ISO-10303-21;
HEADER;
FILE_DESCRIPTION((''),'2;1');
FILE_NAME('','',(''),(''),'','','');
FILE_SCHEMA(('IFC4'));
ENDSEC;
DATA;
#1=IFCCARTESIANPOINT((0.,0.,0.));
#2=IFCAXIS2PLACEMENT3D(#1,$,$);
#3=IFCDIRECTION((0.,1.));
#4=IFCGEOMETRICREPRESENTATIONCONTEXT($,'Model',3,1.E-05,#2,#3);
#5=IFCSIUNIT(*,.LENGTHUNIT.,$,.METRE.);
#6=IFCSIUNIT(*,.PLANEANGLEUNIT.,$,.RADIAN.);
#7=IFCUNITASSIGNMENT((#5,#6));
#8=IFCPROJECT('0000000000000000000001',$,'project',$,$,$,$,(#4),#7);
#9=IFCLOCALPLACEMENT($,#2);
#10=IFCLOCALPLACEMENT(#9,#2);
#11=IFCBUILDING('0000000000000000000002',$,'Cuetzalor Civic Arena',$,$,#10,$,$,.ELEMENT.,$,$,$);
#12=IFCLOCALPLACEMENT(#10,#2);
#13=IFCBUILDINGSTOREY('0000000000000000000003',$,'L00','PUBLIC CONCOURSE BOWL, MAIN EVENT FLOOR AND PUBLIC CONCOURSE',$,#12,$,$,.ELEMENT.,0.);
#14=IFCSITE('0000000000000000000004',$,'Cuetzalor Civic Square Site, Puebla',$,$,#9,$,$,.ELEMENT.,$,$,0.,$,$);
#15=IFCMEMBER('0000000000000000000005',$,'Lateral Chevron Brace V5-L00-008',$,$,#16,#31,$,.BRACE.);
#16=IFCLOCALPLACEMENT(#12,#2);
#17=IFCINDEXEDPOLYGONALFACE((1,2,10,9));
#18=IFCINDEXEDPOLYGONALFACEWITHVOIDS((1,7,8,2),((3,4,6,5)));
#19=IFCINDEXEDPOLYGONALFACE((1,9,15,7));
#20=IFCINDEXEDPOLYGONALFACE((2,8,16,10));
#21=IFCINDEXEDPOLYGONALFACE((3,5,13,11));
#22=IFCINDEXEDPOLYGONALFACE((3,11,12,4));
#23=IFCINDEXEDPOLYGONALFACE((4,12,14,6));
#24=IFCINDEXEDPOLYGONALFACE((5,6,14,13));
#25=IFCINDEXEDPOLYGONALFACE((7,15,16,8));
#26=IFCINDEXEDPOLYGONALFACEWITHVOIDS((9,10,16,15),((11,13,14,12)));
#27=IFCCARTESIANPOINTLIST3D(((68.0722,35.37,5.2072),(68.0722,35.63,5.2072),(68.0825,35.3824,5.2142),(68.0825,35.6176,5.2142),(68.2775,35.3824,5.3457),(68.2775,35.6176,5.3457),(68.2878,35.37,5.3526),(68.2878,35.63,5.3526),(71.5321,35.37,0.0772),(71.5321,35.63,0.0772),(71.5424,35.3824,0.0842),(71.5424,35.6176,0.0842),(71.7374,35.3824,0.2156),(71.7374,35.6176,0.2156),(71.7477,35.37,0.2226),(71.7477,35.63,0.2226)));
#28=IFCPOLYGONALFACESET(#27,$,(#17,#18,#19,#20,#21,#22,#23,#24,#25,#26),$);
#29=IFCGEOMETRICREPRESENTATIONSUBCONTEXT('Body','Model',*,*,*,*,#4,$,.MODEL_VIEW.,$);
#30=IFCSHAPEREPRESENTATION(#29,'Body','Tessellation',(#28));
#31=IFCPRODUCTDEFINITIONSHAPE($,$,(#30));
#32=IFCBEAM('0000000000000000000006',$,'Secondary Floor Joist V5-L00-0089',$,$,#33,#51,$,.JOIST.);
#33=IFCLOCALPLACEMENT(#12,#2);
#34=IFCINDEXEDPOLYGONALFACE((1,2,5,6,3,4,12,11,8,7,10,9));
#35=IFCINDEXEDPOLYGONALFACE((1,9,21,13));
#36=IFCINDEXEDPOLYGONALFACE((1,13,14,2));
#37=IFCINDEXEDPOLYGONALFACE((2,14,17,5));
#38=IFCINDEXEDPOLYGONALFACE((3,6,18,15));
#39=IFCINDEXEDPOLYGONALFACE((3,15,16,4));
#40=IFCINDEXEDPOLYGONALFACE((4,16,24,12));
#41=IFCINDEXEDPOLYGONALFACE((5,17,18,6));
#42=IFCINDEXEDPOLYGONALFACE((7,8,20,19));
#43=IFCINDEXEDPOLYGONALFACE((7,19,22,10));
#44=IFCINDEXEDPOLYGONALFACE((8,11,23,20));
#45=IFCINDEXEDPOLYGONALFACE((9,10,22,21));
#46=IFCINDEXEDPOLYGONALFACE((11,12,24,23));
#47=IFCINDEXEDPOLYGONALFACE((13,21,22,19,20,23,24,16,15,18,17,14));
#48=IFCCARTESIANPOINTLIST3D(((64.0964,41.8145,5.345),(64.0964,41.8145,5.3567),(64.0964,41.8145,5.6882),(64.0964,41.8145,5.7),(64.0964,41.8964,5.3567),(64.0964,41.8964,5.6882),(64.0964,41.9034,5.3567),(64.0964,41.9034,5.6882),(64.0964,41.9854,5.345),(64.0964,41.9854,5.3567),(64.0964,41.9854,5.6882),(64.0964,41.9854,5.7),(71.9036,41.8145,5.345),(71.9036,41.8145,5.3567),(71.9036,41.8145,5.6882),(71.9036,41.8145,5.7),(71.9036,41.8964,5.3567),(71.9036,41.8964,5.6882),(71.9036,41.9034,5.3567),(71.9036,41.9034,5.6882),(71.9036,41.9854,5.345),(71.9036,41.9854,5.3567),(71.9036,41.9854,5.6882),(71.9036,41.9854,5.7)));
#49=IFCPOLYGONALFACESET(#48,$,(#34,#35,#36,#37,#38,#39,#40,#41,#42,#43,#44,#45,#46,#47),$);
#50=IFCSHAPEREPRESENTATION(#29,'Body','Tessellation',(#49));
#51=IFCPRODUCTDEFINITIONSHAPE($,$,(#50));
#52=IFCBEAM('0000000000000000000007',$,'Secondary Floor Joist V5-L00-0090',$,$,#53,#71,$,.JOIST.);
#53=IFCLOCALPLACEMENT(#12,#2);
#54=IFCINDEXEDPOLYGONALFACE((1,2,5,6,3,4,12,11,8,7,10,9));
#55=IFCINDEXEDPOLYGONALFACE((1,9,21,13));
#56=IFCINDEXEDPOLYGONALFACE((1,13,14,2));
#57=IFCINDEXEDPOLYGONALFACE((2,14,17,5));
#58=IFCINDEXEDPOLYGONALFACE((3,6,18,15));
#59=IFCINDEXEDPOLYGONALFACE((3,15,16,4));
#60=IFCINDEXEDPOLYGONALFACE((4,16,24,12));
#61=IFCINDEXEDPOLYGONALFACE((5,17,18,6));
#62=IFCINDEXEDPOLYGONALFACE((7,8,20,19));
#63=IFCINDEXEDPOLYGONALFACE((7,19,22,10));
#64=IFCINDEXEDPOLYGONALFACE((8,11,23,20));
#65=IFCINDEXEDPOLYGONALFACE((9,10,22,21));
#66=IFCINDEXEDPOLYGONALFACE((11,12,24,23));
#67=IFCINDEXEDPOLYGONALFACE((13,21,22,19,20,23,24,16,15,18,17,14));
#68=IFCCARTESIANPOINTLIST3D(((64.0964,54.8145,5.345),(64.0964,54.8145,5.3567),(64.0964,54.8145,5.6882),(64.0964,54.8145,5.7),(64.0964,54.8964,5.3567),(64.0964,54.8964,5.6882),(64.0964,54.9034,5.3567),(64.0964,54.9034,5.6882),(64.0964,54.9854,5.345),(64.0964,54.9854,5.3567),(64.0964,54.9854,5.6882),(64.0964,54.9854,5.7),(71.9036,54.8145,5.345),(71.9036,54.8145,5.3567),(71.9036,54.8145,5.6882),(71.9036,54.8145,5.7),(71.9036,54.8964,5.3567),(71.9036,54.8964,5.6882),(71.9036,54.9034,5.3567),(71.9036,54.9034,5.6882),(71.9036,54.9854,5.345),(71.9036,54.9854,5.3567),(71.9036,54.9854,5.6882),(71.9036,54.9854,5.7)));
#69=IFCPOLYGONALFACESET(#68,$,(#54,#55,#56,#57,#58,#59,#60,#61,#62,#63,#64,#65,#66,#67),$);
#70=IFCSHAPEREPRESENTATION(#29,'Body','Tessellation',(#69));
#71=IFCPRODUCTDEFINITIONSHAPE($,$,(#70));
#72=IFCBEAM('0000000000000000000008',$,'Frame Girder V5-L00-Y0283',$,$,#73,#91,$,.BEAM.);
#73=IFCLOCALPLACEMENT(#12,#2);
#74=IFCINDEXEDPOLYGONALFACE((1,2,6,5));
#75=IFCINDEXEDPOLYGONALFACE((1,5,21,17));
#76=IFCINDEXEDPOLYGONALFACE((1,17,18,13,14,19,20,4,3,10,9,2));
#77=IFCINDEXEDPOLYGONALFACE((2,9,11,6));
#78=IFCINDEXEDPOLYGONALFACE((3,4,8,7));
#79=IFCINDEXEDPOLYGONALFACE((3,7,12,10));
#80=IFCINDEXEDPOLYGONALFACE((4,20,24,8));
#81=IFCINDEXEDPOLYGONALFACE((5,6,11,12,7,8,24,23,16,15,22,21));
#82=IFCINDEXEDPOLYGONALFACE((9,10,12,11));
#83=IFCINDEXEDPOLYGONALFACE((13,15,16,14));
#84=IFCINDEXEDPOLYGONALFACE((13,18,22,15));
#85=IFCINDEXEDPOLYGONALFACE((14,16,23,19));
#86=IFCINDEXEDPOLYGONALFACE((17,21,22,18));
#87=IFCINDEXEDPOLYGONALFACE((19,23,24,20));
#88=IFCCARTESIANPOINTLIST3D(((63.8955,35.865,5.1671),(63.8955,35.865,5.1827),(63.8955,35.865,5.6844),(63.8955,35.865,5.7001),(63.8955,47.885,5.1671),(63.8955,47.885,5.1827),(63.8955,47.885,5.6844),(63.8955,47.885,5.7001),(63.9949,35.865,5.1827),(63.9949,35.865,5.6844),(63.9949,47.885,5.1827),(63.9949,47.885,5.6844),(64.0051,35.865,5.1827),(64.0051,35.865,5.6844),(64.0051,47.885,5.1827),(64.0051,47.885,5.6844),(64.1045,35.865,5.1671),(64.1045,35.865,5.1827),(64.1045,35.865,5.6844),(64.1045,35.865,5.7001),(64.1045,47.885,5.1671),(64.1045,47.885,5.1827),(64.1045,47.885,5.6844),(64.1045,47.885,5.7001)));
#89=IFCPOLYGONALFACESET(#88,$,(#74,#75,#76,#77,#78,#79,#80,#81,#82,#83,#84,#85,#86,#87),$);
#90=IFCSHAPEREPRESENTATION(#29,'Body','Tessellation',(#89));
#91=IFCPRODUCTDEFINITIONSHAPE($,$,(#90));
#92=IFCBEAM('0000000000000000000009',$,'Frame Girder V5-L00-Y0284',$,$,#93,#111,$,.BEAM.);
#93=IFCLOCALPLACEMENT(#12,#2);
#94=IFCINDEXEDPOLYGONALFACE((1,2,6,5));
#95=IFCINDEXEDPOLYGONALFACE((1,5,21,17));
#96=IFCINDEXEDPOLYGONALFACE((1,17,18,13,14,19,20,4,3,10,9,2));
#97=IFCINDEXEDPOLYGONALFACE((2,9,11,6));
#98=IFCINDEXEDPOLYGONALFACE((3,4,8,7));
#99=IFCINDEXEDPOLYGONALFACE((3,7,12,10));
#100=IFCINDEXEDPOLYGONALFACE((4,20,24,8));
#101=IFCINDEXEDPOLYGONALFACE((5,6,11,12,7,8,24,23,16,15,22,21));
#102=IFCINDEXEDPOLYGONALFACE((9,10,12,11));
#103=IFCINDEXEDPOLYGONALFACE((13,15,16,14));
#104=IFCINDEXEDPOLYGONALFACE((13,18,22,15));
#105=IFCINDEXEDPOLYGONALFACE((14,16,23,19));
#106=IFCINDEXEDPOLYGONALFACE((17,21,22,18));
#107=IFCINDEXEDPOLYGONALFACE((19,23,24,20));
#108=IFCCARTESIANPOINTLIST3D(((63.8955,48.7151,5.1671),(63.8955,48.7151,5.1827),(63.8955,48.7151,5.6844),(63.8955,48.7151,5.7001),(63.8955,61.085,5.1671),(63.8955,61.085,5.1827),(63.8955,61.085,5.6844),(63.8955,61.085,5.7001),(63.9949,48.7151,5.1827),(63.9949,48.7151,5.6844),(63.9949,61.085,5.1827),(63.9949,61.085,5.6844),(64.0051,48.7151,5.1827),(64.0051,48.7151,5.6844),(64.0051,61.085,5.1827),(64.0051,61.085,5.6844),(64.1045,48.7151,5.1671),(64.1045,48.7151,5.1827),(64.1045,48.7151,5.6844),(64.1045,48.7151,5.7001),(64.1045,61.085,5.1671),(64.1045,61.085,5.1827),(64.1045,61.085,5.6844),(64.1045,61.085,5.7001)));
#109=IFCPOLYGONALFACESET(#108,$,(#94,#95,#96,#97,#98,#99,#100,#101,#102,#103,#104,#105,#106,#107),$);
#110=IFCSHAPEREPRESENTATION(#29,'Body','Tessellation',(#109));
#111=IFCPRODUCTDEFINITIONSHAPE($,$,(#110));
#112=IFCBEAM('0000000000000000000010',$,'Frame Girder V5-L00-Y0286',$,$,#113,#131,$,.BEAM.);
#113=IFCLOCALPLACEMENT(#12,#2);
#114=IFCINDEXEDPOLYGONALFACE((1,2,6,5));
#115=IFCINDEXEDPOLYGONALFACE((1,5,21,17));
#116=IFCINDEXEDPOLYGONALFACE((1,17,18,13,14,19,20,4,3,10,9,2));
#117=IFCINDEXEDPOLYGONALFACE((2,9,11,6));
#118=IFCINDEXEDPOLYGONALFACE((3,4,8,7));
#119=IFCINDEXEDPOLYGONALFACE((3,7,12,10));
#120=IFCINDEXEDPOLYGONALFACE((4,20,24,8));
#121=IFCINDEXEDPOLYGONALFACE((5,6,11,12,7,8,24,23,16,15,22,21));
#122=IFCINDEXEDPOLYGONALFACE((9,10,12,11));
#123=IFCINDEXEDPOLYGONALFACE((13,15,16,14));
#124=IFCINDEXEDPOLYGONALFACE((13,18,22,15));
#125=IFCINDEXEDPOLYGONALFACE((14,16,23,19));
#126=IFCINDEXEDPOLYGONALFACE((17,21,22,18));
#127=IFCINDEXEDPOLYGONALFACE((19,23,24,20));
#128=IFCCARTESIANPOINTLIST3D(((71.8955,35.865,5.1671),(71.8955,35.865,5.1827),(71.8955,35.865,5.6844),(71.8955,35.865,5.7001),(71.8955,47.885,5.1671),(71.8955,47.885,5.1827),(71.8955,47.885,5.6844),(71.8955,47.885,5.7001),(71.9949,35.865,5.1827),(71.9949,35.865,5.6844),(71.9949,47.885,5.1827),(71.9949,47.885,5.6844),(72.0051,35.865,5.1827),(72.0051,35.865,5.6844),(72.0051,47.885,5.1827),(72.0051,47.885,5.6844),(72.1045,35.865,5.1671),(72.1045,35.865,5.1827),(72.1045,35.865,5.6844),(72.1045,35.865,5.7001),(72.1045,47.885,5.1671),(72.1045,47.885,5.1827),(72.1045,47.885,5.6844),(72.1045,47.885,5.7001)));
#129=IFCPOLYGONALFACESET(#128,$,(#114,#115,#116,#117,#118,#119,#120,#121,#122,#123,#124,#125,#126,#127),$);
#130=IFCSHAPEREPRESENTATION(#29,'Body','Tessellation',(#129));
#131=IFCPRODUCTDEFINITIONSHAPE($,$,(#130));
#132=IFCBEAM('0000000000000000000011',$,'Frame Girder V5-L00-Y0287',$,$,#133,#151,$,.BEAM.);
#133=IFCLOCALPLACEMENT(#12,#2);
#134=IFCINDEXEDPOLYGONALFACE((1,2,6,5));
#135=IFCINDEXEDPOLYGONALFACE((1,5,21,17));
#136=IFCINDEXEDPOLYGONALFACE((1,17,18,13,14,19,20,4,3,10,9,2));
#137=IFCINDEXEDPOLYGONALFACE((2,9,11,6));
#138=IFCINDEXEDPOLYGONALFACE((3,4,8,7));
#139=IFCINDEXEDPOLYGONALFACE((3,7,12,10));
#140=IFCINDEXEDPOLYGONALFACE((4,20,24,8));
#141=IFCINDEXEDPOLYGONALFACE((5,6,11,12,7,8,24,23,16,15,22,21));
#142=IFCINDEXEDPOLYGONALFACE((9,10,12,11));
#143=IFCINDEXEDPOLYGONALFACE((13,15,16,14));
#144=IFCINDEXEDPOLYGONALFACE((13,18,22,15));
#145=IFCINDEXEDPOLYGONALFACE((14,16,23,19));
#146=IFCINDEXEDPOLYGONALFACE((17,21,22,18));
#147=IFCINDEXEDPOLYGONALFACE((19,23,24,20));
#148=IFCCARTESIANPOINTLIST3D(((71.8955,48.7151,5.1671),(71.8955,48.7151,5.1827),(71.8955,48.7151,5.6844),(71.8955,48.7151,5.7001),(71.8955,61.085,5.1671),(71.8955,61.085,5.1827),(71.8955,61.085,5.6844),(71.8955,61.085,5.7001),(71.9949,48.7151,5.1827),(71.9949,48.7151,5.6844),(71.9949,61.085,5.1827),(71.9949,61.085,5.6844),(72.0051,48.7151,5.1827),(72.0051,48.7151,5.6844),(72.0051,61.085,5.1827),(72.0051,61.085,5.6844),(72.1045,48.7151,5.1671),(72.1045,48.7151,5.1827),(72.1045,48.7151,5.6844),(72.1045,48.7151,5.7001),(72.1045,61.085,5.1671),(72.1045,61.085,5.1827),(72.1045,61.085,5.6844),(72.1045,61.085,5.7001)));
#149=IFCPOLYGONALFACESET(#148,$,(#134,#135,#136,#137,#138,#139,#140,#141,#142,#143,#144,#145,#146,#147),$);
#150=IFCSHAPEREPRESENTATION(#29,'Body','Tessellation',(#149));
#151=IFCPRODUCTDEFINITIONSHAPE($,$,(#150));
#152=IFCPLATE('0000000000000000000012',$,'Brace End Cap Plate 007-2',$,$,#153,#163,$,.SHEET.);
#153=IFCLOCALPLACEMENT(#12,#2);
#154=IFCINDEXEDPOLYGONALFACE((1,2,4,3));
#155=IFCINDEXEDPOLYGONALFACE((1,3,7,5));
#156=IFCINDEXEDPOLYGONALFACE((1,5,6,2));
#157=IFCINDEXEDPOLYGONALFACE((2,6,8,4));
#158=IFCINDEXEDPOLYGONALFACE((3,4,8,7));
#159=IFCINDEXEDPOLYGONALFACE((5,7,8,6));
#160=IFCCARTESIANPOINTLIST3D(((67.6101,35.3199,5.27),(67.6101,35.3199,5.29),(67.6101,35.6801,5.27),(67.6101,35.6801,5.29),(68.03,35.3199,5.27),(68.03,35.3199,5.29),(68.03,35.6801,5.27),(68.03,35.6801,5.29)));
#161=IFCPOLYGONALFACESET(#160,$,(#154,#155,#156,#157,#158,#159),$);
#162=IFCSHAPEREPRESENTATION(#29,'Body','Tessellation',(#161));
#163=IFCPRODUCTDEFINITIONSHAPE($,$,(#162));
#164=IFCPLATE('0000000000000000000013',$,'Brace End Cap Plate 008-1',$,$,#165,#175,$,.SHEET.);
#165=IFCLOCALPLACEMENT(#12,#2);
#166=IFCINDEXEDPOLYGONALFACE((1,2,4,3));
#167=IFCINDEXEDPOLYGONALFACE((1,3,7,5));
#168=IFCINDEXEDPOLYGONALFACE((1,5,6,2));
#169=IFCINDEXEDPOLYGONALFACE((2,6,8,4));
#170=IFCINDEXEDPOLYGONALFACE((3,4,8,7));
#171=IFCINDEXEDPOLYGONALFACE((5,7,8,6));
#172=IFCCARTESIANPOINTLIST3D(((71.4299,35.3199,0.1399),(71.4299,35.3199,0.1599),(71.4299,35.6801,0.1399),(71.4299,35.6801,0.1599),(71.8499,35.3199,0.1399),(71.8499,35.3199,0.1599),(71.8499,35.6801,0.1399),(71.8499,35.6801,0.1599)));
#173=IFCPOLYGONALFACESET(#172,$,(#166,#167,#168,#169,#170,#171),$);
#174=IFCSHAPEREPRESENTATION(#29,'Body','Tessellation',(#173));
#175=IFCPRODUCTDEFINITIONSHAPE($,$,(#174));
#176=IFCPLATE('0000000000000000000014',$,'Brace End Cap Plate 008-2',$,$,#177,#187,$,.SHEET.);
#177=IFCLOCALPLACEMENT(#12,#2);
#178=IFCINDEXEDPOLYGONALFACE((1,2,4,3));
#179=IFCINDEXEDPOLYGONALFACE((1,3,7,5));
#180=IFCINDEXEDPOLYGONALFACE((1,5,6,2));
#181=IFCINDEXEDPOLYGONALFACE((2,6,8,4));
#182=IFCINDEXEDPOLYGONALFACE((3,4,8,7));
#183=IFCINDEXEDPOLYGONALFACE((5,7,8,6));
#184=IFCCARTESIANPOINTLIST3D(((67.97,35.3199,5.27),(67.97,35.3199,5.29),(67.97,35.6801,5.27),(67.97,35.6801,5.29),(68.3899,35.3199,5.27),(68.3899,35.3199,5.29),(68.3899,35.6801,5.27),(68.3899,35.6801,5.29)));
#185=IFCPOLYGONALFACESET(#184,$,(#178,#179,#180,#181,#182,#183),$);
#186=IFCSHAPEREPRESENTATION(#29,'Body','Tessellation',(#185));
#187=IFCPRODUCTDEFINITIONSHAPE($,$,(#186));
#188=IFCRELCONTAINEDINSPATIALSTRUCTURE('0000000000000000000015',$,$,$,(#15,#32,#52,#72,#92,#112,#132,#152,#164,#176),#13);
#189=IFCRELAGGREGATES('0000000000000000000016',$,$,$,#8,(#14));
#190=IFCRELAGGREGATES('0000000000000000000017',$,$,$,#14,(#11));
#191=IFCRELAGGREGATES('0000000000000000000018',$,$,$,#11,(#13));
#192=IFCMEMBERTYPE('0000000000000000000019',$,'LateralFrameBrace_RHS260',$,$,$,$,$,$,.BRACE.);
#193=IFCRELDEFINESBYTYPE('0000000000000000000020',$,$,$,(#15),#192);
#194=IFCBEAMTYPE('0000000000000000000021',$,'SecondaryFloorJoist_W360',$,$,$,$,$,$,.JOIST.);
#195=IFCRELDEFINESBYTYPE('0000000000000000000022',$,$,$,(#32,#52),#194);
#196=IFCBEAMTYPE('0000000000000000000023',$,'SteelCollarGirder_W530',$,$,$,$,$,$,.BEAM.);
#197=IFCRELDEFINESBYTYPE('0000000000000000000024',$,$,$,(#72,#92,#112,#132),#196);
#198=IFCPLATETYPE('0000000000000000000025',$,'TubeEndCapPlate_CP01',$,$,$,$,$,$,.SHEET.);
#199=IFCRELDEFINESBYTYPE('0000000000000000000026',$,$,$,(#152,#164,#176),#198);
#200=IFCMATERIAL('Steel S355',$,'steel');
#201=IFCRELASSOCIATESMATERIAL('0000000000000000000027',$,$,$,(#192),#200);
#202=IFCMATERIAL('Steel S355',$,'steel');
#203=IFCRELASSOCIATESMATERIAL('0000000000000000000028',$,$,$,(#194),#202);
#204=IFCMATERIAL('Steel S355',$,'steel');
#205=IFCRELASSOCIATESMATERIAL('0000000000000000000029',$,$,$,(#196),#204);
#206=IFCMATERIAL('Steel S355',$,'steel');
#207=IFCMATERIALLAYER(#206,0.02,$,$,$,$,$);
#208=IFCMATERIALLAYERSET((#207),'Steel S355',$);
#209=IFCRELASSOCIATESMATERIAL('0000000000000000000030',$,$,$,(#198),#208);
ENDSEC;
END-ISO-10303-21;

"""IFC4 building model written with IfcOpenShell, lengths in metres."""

from ifc_helpers import new_model, si_unit, direction, frame, origin, origin_2d, place, context, subcontext, project, spatial, rectangle, hollow_rectangle, i_section, extrude, material, layer, layer_set, material_profile, profile_set, type_object, element, save


model = new_model("IFC4")

# Units and contexts
model_context = context("Model", 3, precision=1e-05, world=origin(), true_north=direction((0.0, 1.0)))
body_context = subcontext(model_context, "Body", "Model", "MODEL_VIEW")
ifc_project = project(units=[si_unit("LENGTHUNIT", "METRE"), si_unit("PLANEANGLEUNIT", "RADIAN")], contexts=[model_context])

# Site, building, storey
site_placement = place(None, origin())
site = spatial("IfcSite", under=ifc_project, at=site_placement, Name="Cuetzalor Civic Square Site, Puebla", CompositionType="ELEMENT", RefElevation=0.0)
building_placement = place(site_placement, origin())
building = spatial("IfcBuilding", under=site, at=building_placement, Name="Cuetzalor Civic Arena", CompositionType="ELEMENT")
storey_placement = place(building_placement, origin())
storey = spatial("IfcBuildingStorey", under=building, at=storey_placement, Name="L00", Description="PUBLIC CONCOURSE BOWL, MAIN EVENT FLOOR AND PUBLIC CONCOURSE", CompositionType="ELEMENT", Elevation=0.0)

# Member
ifc_material_1 = material(Name="Steel S355", Category="steel")
ifc_material_profile_1 = material_profile(ifc_material_1, hollow_rectangle(XDim=0.26, YDim=0.26, WallThickness=0.0125, at=origin_2d()), Name="RHS 260x260x12.5")
ifc_profile_set_1 = profile_set([ifc_material_profile_1], Name="Steel S355")
member_type = type_object("IfcMemberType", Name="LateralFrameBrace_RHS260", PredefinedType="BRACE", material=ifc_profile_set_1)
member_placement = place(storey_placement, frame((71.6399, 35.5, 0.1499), z_axis=(-0.559154, 0.0, 0.829064), x_axis=(0.0, -1.0, 0.0)))
element("IfcMember", 1, at=member_placement, inside=storey, type_object=member_type, Name="Lateral Chevron Brace V5-L00-008", PredefinedType="BRACE", context=body_context, shape_type="SweptSolid", body=[
    extrude(hollow_rectangle(XDim=0.26, YDim=0.26, WallThickness=0.0125, at=origin_2d()), origin(), (0.0, 0.0, 1.0), 6.1877),
])

# Beams
ifc_material_2 = material(Name="Steel S355", Category="steel")
ifc_material_profile_2 = material_profile(ifc_material_2, i_section(OverallWidth=0.1709, OverallDepth=0.355, WebThickness=0.0071, FlangeThickness=0.0117, at=origin_2d()), Name="W360x51")
ifc_profile_set_2 = profile_set([ifc_material_profile_2], Name="Steel S355")
beam_type_1 = type_object("IfcBeamType", Name="SecondaryFloorJoist_W360", PredefinedType="JOIST", material=ifc_profile_set_2)
for number, where, z_axis, x_axis, name in (
    (2, (64.0964, 41.8999, 5.5225), (1.0, 0.0, 0.0), (0.0, 1.0, 0.0), "Secondary Floor Joist V5-L00-0089"),
    (3, (64.0964, 54.8999, 5.5225), (1.0, 0.0, 0.0), (0.0, 1.0, 0.0), "Secondary Floor Joist V5-L00-0090"),
):
    element("IfcBeam", number, at=place(storey_placement, frame(where, z_axis=z_axis, x_axis=x_axis)), inside=storey, type_object=beam_type_1, Name=name, PredefinedType="JOIST", context=body_context, shape_type="SweptSolid", body=[
        extrude(i_section(OverallWidth=0.1709, OverallDepth=0.355, WebThickness=0.0071, FlangeThickness=0.0117, at=origin_2d()), origin(), (0.0, 0.0, 1.0), 7.8071),
    ])
ifc_material_3 = material(Name="Steel S355", Category="steel")
ifc_material_profile_3 = material_profile(ifc_material_3, i_section(OverallWidth=0.209, OverallDepth=0.533, WebThickness=0.0103, FlangeThickness=0.0156, at=origin_2d()), Name="W530x92")
ifc_profile_set_3 = profile_set([ifc_material_profile_3], Name="Steel S355")
beam_type_2 = type_object("IfcBeamType", Name="SteelCollarGirder_W530", PredefinedType="BEAM", material=ifc_profile_set_3)
beam_1_placement = place(storey_placement, frame((64.0, 35.865, 5.4336), z_axis=(0.0, 1.0, 0.0), x_axis=(-1.0, 0.0, 0.0)))
element("IfcBeam", 4, at=beam_1_placement, inside=storey, type_object=beam_type_2, Name="Frame Girder V5-L00-Y0283", PredefinedType="BEAM", context=body_context, shape_type="SweptSolid", body=[
    extrude(i_section(OverallWidth=0.209, OverallDepth=0.533, WebThickness=0.0103, FlangeThickness=0.0156, at=origin_2d()), origin(), (0.0, 0.0, 1.0), 12.02),
])
beam_2_placement = place(storey_placement, frame((64.0, 48.7151, 5.4336), z_axis=(0.0, 1.0, 0.0), x_axis=(-1.0, 0.0, 0.0)))
element("IfcBeam", 5, at=beam_2_placement, inside=storey, type_object=beam_type_2, Name="Frame Girder V5-L00-Y0284", PredefinedType="BEAM", context=body_context, shape_type="SweptSolid", body=[
    extrude(i_section(OverallWidth=0.209, OverallDepth=0.533, WebThickness=0.0103, FlangeThickness=0.0156, at=origin_2d()), origin(), (0.0, 0.0, 1.0), 12.3699),
])
beam_3_placement = place(storey_placement, frame((72.0, 35.865, 5.4336), z_axis=(0.0, 1.0, 0.0), x_axis=(-1.0, 0.0, 0.0)))
element("IfcBeam", 6, at=beam_3_placement, inside=storey, type_object=beam_type_2, Name="Frame Girder V5-L00-Y0286", PredefinedType="BEAM", context=body_context, shape_type="SweptSolid", body=[
    extrude(i_section(OverallWidth=0.209, OverallDepth=0.533, WebThickness=0.0103, FlangeThickness=0.0156, at=origin_2d()), origin(), (0.0, 0.0, 1.0), 12.02),
])
beam_4_placement = place(storey_placement, frame((72.0, 48.7151, 5.4336), z_axis=(0.0, 1.0, 0.0), x_axis=(-1.0, 0.0, 0.0)))
element("IfcBeam", 7, at=beam_4_placement, inside=storey, type_object=beam_type_2, Name="Frame Girder V5-L00-Y0287", PredefinedType="BEAM", context=body_context, shape_type="SweptSolid", body=[
    extrude(i_section(OverallWidth=0.209, OverallDepth=0.533, WebThickness=0.0103, FlangeThickness=0.0156, at=origin_2d()), origin(), (0.0, 0.0, 1.0), 12.3699),
])

# Plates
ifc_material_4 = material(Name="Steel S355", Category="steel")
ifc_layer_1 = layer(ifc_material_4, 0.02)
ifc_layer_set_1 = layer_set([ifc_layer_1], Name="Steel S355")
plate_type = type_object("IfcPlateType", Name="TubeEndCapPlate_CP01", PredefinedType="SHEET", material=ifc_layer_set_1)
for number, where, z_axis, x_axis, name in (
    (8, (67.8201, 35.5, 5.27), (0.0, 0.0, 1.0), (1.0, 0.0, 0.0), "Brace End Cap Plate 007-2"),
    (9, (71.6399, 35.5, 0.1399), (0.0, 0.0, 1.0), (1.0, 0.0, 0.0), "Brace End Cap Plate 008-1"),
    (10, (68.1799, 35.5, 5.27), (0.0, 0.0, 1.0), (1.0, 0.0, 0.0), "Brace End Cap Plate 008-2"),
):
    element("IfcPlate", number, at=place(storey_placement, frame(where, z_axis=z_axis, x_axis=x_axis)), inside=storey, type_object=plate_type, Name=name, PredefinedType="SHEET", context=body_context, shape_type="SweptSolid", body=[
        extrude(rectangle(XDim=0.4199, YDim=0.3601, at=origin_2d()), origin(), (0.0, 0.0, 1.0), 0.02),
    ])

save(model, "model.ifc")
